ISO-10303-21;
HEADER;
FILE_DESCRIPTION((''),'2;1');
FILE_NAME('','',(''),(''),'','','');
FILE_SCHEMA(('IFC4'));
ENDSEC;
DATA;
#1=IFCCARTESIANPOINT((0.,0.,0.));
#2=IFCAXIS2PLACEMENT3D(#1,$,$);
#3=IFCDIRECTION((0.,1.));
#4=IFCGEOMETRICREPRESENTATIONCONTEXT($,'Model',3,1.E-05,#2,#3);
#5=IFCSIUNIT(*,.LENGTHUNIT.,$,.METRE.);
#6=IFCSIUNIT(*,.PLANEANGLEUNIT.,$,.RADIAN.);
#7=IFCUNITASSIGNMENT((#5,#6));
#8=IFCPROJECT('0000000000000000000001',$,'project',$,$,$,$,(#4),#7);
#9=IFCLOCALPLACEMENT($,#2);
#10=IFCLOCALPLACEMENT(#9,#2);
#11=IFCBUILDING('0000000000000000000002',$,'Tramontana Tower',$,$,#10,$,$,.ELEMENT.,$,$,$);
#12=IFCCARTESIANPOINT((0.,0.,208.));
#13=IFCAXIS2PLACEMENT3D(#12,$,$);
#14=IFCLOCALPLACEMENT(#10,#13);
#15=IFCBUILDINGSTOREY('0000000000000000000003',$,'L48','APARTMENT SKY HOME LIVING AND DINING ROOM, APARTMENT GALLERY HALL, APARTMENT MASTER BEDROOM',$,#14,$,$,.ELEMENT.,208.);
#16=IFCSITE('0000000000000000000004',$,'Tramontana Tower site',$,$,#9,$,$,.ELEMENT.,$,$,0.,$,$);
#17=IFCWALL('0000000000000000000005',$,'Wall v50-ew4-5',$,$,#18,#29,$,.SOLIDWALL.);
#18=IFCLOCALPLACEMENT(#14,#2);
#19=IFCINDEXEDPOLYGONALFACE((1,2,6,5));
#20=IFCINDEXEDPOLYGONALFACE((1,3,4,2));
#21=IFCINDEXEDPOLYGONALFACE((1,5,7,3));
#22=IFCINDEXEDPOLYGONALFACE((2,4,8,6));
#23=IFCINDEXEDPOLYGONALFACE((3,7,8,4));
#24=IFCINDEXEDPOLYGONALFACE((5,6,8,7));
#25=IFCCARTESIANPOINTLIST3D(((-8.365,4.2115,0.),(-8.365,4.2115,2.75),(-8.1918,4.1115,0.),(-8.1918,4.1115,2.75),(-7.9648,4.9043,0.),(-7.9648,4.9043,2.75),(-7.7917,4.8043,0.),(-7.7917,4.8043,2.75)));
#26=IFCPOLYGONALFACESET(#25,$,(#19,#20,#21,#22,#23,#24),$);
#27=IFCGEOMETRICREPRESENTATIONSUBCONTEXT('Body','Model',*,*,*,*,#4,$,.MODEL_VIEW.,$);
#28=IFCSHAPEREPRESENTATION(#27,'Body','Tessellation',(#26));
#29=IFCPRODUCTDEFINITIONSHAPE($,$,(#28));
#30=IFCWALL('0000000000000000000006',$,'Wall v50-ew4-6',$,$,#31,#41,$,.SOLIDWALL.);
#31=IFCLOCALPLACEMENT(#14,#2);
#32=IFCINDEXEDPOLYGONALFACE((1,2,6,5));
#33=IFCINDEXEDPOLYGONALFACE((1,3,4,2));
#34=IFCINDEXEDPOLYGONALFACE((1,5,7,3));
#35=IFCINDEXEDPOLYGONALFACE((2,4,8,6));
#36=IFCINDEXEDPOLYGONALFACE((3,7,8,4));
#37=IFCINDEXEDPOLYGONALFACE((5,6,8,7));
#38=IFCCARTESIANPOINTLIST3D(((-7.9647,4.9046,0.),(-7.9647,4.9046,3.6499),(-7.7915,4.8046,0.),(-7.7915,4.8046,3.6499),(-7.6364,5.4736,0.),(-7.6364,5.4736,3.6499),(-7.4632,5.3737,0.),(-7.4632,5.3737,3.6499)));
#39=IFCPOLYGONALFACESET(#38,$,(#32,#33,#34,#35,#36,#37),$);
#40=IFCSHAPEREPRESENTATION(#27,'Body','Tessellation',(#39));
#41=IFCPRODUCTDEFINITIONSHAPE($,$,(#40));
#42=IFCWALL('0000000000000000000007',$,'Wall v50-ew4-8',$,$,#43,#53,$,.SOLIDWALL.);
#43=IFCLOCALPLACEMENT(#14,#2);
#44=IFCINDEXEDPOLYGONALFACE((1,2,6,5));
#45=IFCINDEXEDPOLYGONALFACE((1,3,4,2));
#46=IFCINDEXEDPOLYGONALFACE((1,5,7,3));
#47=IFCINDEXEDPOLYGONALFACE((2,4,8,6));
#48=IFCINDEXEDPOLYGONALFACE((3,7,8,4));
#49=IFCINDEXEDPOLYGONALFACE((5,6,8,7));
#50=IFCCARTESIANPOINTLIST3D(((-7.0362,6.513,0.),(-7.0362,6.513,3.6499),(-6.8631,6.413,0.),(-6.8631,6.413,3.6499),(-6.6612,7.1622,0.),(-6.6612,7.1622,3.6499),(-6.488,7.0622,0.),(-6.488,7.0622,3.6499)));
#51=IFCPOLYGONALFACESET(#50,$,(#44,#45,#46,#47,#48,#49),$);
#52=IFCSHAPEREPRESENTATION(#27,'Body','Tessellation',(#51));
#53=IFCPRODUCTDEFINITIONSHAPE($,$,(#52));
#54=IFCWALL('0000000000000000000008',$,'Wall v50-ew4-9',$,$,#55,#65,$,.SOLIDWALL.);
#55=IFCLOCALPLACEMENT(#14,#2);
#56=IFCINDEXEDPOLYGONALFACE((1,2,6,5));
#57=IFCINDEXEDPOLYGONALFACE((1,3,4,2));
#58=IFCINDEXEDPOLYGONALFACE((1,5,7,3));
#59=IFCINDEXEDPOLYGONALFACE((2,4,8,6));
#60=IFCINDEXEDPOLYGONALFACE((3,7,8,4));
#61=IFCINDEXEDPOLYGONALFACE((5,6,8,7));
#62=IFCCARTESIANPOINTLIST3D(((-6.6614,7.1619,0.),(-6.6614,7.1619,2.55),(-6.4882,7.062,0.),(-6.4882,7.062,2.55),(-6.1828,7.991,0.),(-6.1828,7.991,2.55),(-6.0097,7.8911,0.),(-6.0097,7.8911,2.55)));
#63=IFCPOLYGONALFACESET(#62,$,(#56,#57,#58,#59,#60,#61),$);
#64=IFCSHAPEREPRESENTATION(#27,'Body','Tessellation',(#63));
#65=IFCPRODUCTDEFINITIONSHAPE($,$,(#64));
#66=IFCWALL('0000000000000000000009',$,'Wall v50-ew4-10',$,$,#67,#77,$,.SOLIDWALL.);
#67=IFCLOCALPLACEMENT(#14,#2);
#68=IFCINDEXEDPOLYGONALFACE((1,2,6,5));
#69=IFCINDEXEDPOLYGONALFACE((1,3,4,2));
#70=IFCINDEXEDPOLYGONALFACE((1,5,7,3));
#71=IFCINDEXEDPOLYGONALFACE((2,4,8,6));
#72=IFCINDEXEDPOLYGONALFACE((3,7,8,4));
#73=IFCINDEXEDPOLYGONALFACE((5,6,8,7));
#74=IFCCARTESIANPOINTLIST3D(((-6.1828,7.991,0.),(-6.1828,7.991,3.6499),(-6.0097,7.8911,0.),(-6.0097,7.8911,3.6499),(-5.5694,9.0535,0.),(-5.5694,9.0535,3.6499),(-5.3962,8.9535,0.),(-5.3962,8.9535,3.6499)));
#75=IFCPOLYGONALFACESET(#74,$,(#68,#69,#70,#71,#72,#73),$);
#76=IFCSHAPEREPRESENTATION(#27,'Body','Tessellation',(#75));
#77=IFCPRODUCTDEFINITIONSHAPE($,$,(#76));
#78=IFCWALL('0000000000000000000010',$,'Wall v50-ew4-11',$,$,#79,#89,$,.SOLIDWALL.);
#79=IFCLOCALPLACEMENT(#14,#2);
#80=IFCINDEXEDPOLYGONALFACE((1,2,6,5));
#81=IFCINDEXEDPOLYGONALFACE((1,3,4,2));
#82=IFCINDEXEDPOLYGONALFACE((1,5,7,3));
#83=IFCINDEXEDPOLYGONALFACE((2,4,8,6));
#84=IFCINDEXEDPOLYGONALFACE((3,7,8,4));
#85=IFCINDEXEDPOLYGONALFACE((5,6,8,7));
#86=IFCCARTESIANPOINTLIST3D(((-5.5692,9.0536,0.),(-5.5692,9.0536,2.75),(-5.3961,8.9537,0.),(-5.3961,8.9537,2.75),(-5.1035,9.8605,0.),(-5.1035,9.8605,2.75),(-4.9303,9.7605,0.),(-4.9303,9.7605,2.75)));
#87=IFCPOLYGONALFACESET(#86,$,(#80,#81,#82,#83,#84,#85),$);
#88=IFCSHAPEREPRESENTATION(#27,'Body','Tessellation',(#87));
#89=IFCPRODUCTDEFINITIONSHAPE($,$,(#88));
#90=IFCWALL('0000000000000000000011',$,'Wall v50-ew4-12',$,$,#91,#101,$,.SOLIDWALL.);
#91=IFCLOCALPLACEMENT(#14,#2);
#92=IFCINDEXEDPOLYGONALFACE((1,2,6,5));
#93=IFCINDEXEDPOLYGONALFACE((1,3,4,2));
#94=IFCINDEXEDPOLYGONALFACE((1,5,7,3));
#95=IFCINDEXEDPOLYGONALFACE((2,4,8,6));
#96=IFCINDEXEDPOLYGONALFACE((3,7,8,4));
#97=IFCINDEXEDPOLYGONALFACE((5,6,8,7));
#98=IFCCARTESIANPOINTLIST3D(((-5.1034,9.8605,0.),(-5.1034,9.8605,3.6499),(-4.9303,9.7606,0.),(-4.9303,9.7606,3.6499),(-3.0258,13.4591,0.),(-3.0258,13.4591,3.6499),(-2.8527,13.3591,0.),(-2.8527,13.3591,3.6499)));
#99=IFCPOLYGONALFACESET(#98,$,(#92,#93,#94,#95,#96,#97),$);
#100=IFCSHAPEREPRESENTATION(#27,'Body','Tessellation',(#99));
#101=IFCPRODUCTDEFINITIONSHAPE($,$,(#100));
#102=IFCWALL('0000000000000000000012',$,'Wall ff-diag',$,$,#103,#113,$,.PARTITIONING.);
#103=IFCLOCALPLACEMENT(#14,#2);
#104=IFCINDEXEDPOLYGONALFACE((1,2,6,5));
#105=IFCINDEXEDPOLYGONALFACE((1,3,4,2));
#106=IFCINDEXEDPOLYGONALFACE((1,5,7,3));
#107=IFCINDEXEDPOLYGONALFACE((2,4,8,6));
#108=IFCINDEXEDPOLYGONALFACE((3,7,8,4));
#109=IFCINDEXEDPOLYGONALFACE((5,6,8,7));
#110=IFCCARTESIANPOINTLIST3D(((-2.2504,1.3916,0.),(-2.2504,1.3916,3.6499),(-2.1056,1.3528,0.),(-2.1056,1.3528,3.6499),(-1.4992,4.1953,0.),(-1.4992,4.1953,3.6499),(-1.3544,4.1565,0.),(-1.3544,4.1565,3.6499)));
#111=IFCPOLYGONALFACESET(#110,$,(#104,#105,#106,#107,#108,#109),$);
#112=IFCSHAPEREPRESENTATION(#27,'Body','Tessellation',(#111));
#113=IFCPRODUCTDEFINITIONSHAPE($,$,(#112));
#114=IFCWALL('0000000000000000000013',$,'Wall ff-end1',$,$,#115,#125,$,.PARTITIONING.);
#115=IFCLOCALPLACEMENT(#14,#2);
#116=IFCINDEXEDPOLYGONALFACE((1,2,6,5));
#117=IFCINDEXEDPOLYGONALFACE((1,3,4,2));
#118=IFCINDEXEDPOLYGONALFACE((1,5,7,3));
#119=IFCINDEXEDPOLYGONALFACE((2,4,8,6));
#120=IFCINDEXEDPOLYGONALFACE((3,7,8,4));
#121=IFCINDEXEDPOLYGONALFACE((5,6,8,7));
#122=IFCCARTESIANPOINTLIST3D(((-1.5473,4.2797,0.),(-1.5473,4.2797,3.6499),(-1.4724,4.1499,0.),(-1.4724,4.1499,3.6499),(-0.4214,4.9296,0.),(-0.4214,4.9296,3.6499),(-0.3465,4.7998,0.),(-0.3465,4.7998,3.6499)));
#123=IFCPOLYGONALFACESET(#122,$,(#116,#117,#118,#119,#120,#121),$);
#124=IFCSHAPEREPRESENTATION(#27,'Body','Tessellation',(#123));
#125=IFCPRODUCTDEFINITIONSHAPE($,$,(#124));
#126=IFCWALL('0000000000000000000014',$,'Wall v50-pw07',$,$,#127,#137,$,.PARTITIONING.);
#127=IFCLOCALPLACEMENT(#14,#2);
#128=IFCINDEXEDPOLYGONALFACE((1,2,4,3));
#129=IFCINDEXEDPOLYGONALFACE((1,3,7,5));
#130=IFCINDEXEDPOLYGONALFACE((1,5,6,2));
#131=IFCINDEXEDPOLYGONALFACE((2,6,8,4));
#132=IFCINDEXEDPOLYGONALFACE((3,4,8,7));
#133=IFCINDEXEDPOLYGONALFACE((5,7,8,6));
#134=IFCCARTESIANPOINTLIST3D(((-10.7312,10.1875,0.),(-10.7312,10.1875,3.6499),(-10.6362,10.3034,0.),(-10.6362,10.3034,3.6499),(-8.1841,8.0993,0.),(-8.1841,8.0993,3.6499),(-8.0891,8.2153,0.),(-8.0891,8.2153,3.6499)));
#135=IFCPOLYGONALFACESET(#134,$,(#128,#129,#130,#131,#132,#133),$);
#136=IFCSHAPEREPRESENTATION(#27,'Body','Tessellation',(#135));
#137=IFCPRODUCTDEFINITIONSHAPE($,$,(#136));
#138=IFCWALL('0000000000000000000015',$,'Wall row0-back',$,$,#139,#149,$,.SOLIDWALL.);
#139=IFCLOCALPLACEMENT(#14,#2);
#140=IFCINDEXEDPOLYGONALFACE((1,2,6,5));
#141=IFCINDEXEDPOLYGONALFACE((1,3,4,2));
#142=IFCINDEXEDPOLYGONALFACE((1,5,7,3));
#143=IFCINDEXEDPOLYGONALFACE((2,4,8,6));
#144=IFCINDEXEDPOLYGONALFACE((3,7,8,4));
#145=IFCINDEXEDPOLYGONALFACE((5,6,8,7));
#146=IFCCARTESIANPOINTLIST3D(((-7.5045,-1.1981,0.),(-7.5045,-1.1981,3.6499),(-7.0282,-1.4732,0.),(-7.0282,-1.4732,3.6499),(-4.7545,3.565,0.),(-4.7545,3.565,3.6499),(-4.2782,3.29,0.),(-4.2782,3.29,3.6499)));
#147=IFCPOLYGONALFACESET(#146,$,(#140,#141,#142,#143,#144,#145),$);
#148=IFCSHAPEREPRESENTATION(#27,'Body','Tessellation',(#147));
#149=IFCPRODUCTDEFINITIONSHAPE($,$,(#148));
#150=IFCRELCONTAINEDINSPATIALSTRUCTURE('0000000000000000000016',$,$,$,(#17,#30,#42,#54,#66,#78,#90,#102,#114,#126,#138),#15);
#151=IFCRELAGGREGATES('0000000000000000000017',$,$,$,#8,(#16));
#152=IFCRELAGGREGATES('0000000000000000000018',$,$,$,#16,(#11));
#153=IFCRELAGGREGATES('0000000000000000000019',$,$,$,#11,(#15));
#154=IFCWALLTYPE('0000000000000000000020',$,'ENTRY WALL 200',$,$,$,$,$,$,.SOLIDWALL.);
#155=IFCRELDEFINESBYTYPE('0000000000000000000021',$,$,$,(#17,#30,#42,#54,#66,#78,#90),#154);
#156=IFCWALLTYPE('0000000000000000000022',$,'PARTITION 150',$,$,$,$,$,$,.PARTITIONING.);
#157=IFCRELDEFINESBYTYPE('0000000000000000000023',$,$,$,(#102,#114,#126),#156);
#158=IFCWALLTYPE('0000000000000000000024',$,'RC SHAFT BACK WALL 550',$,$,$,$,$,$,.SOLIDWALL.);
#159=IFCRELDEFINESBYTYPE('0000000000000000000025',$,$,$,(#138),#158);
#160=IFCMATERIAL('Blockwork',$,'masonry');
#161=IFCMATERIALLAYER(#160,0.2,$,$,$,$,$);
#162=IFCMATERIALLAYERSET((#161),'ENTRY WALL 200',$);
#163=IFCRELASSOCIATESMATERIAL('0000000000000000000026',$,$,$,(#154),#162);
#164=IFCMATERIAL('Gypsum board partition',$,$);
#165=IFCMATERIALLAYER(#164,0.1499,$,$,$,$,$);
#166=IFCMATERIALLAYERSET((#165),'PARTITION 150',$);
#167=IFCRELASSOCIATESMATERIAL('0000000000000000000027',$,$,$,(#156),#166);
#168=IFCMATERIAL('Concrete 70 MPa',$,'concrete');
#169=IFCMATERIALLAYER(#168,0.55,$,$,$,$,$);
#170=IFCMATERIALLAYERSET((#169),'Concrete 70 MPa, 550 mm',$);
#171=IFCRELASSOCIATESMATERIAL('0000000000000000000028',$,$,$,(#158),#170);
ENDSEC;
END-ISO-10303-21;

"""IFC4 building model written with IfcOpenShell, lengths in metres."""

from ifc_helpers import new_model, si_unit, direction, frame, frame_2d, origin, place, context, subcontext, project, spatial, rectangle, extrude, material, layer, layer_set, type_object, element, save


model = new_model("IFC4")

# Units and contexts
model_context = context("Model", 3, precision=1e-05, world=origin(), true_north=direction((0.0, 1.0)))
body_context = subcontext(model_context, "Body", "Model", "MODEL_VIEW")
ifc_project = project(units=[si_unit("LENGTHUNIT", "METRE"), si_unit("PLANEANGLEUNIT", "RADIAN")], contexts=[model_context])

# Site, building, storey
site_placement = place(None, origin())
site = spatial("IfcSite", under=ifc_project, at=site_placement, Name="Tramontana Tower site", CompositionType="ELEMENT", RefElevation=0.0)
building_placement = place(site_placement, origin())
building = spatial("IfcBuilding", under=site, at=building_placement, Name="Tramontana Tower", CompositionType="ELEMENT")
storey_placement = place(building_placement, frame((0.0, 0.0, 208.0)))
storey = spatial("IfcBuildingStorey", under=building, at=storey_placement, Name="L48", Description="APARTMENT SKY HOME LIVING AND DINING ROOM, APARTMENT GALLERY HALL, APARTMENT MASTER BEDROOM", CompositionType="ELEMENT", Elevation=208.0)

# Walls
ifc_material_1 = material(Name="Blockwork", Category="masonry")
ifc_layer_1 = layer(ifc_material_1, 0.2)
ifc_layer_set_1 = layer_set([ifc_layer_1], Name="ENTRY WALL 200")
wall_type_1 = type_object("IfcWallType", Name="ENTRY WALL 200", PredefinedType="SOLIDWALL", material=ifc_layer_set_1)
wall_1_placement = place(storey_placement, frame((-8.2783, 4.1616, 0.0), z_axis=(0.0, 0.0, 1.0), x_axis=(0.50011, 0.865962, 0.0)))
element("IfcWall", 1, at=wall_1_placement, inside=storey, type_object=wall_type_1, Name="Wall v50-ew4-5", PredefinedType="SOLIDWALL", context=body_context, shape_type="SweptSolid", body=[
    extrude(rectangle(XDim=0.8, YDim=0.2, at=frame_2d((0.3999, 0.0))), origin(), (0.0, 0.0, 1.0), 2.75),
])
wall_2_placement = place(storey_placement, frame((-7.8782, 4.8545, 0.0), z_axis=(0.0, 0.0, 1.0), x_axis=(0.499776, 0.866155, 0.0)))
element("IfcWall", 2, at=wall_2_placement, inside=storey, type_object=wall_type_1, Name="Wall v50-ew4-6", PredefinedType="SOLIDWALL", context=body_context, shape_type="SweptSolid", body=[
    extrude(rectangle(XDim=0.657, YDim=0.2, at=frame_2d((0.3286, 0.0))), origin(), (0.0, 0.0, 1.0), 3.6499),
])

# Walls
wall_3_placement = place(storey_placement, frame((-6.9497, 6.4629, 0.0), z_axis=(0.0, 0.0, 1.0), x_axis=(0.500202, 0.865909, 0.0)))
element("IfcWall", 3, at=wall_3_placement, inside=storey, type_object=wall_type_1, Name="Wall v50-ew4-8", PredefinedType="SOLIDWALL", context=body_context, shape_type="SweptSolid", body=[
    extrude(rectangle(XDim=0.7498, YDim=0.2, at=frame_2d((0.375, 0.0))), origin(), (0.0, 0.0, 1.0), 3.6499),
])
wall_4_placement = place(storey_placement, frame((-6.5747, 7.1121, 0.0), z_axis=(0.0, 0.0, 1.0), x_axis=(0.49987, 0.866101, 0.0)))
element("IfcWall", 4, at=wall_4_placement, inside=storey, type_object=wall_type_1, Name="Wall v50-ew4-9", PredefinedType="SOLIDWALL", context=body_context, shape_type="SweptSolid", body=[
    extrude(rectangle(XDim=0.9573, YDim=0.2, at=frame_2d((0.4785, 0.0))), origin(), (0.0, 0.0, 1.0), 2.55),
])
wall_5_placement = place(storey_placement, frame((-6.0962, 7.9412, 0.0), z_axis=(0.0, 0.0, 1.0), x_axis=(0.500055, 0.865993, 0.0)))
element("IfcWall", 5, at=wall_5_placement, inside=storey, type_object=wall_type_1, Name="Wall v50-ew4-10", PredefinedType="SOLIDWALL", context=body_context, shape_type="SweptSolid", body=[
    extrude(rectangle(XDim=1.2268, YDim=0.2, at=frame_2d((0.6133, 0.0))), origin(), (0.0, 0.0, 1.0), 3.6499),
])
wall_6_placement = place(storey_placement, frame((-5.4827, 9.0037, 0.0), z_axis=(0.0, 0.0, 1.0), x_axis=(0.499972, 0.866042, 0.0)))
element("IfcWall", 6, at=wall_6_placement, inside=storey, type_object=wall_type_1, Name="Wall v50-ew4-11", PredefinedType="SOLIDWALL", context=body_context, shape_type="SweptSolid", body=[
    extrude(rectangle(XDim=0.9316, YDim=0.2, at=frame_2d((0.4658, 0.0))), origin(), (0.0, 0.0, 1.0), 2.75),
])
wall_7_placement = place(storey_placement, frame((-5.0168, 9.8105, 0.0), z_axis=(0.0, 0.0, 1.0), x_axis=(0.499994, 0.866029, 0.0)))
element("IfcWall", 7, at=wall_7_placement, inside=storey, type_object=wall_type_1, Name="Wall v50-ew4-12", PredefinedType="SOLIDWALL", context=body_context, shape_type="SweptSolid", body=[
    extrude(rectangle(XDim=4.1553, YDim=0.2, at=frame_2d((2.0776, 0.0))), origin(), (0.0, 0.0, 1.0), 3.6499),
])
ifc_material_2 = material(Name="Gypsum board partition")
ifc_layer_2 = layer(ifc_material_2, 0.1499)
ifc_layer_set_2 = layer_set([ifc_layer_2], Name="PARTITION 150")
wall_type_2 = type_object("IfcWallType", Name="PARTITION 150", PredefinedType="PARTITIONING", material=ifc_layer_set_2)
wall_8_placement = place(storey_placement, frame((-2.178, 1.3723, 0.0), z_axis=(0.0, 0.0, 1.0), x_axis=(0.258809, 0.965929, 0.0)))
element("IfcWall", 8, at=wall_8_placement, inside=storey, type_object=wall_type_2, Name="Wall ff-diag", PredefinedType="PARTITIONING", context=body_context, shape_type="SweptSolid", body=[
    extrude(rectangle(XDim=2.9026, YDim=0.1499, at=frame_2d((1.4512, 0.0))), origin(), (0.0, 0.0, 1.0), 3.6499),
])
wall_9_placement = place(storey_placement, frame((-1.5098, 4.2148, 0.0), z_axis=(0.0, 0.0, 1.0), x_axis=(0.866086, 0.499896, 0.0)))
element("IfcWall", 9, at=wall_9_placement, inside=storey, type_object=wall_type_2, Name="Wall ff-end1", PredefinedType="PARTITIONING", context=body_context, shape_type="SweptSolid", body=[
    extrude(rectangle(XDim=1.3, YDim=0.1499, at=frame_2d((0.6499, 0.0))), origin(), (0.0, 0.0, 1.0), 3.6499),
])

# Walls
wall_10_placement = place(storey_placement, frame((-8.1365, 8.1572, 0.0), z_axis=(0.0, 0.0, 1.0), x_axis=(-0.773343, 0.633988, 0.0)))
element("IfcWall", 10, at=wall_10_placement, inside=storey, type_object=wall_type_2, Name="Wall v50-pw07", PredefinedType="PARTITIONING", context=body_context, shape_type="SweptSolid", body=[
    extrude(rectangle(XDim=3.2937, YDim=0.1499, at=frame_2d((1.647, 0.0))), origin(), (0.0, 0.0, 1.0), 3.6499),
])
ifc_material_3 = material(Name="Concrete 70 MPa", Category="concrete")
ifc_layer_3 = layer(ifc_material_3, 0.55)
ifc_layer_set_3 = layer_set([ifc_layer_3], Name="Concrete 70 MPa, 550 mm")
wall_type_3 = type_object("IfcWallType", Name="RC SHAFT BACK WALL 550", PredefinedType="SOLIDWALL", material=ifc_layer_set_3)
wall_11_placement = place(storey_placement, frame((-4.5164, 3.4275, 0.0), z_axis=(0.0, 0.0, 1.0), x_axis=(-0.499997, -0.866027, 0.0)))
element("IfcWall", 11, at=wall_11_placement, inside=storey, type_object=wall_type_3, Name="Wall row0-back", PredefinedType="SOLIDWALL", context=body_context, shape_type="SweptSolid", body=[
    extrude(rectangle(XDim=5.5, YDim=0.55, at=frame_2d((2.75, 0.0))), origin(), (0.0, 0.0, 1.0), 3.6499),
])

save(model, "model.ifc")
